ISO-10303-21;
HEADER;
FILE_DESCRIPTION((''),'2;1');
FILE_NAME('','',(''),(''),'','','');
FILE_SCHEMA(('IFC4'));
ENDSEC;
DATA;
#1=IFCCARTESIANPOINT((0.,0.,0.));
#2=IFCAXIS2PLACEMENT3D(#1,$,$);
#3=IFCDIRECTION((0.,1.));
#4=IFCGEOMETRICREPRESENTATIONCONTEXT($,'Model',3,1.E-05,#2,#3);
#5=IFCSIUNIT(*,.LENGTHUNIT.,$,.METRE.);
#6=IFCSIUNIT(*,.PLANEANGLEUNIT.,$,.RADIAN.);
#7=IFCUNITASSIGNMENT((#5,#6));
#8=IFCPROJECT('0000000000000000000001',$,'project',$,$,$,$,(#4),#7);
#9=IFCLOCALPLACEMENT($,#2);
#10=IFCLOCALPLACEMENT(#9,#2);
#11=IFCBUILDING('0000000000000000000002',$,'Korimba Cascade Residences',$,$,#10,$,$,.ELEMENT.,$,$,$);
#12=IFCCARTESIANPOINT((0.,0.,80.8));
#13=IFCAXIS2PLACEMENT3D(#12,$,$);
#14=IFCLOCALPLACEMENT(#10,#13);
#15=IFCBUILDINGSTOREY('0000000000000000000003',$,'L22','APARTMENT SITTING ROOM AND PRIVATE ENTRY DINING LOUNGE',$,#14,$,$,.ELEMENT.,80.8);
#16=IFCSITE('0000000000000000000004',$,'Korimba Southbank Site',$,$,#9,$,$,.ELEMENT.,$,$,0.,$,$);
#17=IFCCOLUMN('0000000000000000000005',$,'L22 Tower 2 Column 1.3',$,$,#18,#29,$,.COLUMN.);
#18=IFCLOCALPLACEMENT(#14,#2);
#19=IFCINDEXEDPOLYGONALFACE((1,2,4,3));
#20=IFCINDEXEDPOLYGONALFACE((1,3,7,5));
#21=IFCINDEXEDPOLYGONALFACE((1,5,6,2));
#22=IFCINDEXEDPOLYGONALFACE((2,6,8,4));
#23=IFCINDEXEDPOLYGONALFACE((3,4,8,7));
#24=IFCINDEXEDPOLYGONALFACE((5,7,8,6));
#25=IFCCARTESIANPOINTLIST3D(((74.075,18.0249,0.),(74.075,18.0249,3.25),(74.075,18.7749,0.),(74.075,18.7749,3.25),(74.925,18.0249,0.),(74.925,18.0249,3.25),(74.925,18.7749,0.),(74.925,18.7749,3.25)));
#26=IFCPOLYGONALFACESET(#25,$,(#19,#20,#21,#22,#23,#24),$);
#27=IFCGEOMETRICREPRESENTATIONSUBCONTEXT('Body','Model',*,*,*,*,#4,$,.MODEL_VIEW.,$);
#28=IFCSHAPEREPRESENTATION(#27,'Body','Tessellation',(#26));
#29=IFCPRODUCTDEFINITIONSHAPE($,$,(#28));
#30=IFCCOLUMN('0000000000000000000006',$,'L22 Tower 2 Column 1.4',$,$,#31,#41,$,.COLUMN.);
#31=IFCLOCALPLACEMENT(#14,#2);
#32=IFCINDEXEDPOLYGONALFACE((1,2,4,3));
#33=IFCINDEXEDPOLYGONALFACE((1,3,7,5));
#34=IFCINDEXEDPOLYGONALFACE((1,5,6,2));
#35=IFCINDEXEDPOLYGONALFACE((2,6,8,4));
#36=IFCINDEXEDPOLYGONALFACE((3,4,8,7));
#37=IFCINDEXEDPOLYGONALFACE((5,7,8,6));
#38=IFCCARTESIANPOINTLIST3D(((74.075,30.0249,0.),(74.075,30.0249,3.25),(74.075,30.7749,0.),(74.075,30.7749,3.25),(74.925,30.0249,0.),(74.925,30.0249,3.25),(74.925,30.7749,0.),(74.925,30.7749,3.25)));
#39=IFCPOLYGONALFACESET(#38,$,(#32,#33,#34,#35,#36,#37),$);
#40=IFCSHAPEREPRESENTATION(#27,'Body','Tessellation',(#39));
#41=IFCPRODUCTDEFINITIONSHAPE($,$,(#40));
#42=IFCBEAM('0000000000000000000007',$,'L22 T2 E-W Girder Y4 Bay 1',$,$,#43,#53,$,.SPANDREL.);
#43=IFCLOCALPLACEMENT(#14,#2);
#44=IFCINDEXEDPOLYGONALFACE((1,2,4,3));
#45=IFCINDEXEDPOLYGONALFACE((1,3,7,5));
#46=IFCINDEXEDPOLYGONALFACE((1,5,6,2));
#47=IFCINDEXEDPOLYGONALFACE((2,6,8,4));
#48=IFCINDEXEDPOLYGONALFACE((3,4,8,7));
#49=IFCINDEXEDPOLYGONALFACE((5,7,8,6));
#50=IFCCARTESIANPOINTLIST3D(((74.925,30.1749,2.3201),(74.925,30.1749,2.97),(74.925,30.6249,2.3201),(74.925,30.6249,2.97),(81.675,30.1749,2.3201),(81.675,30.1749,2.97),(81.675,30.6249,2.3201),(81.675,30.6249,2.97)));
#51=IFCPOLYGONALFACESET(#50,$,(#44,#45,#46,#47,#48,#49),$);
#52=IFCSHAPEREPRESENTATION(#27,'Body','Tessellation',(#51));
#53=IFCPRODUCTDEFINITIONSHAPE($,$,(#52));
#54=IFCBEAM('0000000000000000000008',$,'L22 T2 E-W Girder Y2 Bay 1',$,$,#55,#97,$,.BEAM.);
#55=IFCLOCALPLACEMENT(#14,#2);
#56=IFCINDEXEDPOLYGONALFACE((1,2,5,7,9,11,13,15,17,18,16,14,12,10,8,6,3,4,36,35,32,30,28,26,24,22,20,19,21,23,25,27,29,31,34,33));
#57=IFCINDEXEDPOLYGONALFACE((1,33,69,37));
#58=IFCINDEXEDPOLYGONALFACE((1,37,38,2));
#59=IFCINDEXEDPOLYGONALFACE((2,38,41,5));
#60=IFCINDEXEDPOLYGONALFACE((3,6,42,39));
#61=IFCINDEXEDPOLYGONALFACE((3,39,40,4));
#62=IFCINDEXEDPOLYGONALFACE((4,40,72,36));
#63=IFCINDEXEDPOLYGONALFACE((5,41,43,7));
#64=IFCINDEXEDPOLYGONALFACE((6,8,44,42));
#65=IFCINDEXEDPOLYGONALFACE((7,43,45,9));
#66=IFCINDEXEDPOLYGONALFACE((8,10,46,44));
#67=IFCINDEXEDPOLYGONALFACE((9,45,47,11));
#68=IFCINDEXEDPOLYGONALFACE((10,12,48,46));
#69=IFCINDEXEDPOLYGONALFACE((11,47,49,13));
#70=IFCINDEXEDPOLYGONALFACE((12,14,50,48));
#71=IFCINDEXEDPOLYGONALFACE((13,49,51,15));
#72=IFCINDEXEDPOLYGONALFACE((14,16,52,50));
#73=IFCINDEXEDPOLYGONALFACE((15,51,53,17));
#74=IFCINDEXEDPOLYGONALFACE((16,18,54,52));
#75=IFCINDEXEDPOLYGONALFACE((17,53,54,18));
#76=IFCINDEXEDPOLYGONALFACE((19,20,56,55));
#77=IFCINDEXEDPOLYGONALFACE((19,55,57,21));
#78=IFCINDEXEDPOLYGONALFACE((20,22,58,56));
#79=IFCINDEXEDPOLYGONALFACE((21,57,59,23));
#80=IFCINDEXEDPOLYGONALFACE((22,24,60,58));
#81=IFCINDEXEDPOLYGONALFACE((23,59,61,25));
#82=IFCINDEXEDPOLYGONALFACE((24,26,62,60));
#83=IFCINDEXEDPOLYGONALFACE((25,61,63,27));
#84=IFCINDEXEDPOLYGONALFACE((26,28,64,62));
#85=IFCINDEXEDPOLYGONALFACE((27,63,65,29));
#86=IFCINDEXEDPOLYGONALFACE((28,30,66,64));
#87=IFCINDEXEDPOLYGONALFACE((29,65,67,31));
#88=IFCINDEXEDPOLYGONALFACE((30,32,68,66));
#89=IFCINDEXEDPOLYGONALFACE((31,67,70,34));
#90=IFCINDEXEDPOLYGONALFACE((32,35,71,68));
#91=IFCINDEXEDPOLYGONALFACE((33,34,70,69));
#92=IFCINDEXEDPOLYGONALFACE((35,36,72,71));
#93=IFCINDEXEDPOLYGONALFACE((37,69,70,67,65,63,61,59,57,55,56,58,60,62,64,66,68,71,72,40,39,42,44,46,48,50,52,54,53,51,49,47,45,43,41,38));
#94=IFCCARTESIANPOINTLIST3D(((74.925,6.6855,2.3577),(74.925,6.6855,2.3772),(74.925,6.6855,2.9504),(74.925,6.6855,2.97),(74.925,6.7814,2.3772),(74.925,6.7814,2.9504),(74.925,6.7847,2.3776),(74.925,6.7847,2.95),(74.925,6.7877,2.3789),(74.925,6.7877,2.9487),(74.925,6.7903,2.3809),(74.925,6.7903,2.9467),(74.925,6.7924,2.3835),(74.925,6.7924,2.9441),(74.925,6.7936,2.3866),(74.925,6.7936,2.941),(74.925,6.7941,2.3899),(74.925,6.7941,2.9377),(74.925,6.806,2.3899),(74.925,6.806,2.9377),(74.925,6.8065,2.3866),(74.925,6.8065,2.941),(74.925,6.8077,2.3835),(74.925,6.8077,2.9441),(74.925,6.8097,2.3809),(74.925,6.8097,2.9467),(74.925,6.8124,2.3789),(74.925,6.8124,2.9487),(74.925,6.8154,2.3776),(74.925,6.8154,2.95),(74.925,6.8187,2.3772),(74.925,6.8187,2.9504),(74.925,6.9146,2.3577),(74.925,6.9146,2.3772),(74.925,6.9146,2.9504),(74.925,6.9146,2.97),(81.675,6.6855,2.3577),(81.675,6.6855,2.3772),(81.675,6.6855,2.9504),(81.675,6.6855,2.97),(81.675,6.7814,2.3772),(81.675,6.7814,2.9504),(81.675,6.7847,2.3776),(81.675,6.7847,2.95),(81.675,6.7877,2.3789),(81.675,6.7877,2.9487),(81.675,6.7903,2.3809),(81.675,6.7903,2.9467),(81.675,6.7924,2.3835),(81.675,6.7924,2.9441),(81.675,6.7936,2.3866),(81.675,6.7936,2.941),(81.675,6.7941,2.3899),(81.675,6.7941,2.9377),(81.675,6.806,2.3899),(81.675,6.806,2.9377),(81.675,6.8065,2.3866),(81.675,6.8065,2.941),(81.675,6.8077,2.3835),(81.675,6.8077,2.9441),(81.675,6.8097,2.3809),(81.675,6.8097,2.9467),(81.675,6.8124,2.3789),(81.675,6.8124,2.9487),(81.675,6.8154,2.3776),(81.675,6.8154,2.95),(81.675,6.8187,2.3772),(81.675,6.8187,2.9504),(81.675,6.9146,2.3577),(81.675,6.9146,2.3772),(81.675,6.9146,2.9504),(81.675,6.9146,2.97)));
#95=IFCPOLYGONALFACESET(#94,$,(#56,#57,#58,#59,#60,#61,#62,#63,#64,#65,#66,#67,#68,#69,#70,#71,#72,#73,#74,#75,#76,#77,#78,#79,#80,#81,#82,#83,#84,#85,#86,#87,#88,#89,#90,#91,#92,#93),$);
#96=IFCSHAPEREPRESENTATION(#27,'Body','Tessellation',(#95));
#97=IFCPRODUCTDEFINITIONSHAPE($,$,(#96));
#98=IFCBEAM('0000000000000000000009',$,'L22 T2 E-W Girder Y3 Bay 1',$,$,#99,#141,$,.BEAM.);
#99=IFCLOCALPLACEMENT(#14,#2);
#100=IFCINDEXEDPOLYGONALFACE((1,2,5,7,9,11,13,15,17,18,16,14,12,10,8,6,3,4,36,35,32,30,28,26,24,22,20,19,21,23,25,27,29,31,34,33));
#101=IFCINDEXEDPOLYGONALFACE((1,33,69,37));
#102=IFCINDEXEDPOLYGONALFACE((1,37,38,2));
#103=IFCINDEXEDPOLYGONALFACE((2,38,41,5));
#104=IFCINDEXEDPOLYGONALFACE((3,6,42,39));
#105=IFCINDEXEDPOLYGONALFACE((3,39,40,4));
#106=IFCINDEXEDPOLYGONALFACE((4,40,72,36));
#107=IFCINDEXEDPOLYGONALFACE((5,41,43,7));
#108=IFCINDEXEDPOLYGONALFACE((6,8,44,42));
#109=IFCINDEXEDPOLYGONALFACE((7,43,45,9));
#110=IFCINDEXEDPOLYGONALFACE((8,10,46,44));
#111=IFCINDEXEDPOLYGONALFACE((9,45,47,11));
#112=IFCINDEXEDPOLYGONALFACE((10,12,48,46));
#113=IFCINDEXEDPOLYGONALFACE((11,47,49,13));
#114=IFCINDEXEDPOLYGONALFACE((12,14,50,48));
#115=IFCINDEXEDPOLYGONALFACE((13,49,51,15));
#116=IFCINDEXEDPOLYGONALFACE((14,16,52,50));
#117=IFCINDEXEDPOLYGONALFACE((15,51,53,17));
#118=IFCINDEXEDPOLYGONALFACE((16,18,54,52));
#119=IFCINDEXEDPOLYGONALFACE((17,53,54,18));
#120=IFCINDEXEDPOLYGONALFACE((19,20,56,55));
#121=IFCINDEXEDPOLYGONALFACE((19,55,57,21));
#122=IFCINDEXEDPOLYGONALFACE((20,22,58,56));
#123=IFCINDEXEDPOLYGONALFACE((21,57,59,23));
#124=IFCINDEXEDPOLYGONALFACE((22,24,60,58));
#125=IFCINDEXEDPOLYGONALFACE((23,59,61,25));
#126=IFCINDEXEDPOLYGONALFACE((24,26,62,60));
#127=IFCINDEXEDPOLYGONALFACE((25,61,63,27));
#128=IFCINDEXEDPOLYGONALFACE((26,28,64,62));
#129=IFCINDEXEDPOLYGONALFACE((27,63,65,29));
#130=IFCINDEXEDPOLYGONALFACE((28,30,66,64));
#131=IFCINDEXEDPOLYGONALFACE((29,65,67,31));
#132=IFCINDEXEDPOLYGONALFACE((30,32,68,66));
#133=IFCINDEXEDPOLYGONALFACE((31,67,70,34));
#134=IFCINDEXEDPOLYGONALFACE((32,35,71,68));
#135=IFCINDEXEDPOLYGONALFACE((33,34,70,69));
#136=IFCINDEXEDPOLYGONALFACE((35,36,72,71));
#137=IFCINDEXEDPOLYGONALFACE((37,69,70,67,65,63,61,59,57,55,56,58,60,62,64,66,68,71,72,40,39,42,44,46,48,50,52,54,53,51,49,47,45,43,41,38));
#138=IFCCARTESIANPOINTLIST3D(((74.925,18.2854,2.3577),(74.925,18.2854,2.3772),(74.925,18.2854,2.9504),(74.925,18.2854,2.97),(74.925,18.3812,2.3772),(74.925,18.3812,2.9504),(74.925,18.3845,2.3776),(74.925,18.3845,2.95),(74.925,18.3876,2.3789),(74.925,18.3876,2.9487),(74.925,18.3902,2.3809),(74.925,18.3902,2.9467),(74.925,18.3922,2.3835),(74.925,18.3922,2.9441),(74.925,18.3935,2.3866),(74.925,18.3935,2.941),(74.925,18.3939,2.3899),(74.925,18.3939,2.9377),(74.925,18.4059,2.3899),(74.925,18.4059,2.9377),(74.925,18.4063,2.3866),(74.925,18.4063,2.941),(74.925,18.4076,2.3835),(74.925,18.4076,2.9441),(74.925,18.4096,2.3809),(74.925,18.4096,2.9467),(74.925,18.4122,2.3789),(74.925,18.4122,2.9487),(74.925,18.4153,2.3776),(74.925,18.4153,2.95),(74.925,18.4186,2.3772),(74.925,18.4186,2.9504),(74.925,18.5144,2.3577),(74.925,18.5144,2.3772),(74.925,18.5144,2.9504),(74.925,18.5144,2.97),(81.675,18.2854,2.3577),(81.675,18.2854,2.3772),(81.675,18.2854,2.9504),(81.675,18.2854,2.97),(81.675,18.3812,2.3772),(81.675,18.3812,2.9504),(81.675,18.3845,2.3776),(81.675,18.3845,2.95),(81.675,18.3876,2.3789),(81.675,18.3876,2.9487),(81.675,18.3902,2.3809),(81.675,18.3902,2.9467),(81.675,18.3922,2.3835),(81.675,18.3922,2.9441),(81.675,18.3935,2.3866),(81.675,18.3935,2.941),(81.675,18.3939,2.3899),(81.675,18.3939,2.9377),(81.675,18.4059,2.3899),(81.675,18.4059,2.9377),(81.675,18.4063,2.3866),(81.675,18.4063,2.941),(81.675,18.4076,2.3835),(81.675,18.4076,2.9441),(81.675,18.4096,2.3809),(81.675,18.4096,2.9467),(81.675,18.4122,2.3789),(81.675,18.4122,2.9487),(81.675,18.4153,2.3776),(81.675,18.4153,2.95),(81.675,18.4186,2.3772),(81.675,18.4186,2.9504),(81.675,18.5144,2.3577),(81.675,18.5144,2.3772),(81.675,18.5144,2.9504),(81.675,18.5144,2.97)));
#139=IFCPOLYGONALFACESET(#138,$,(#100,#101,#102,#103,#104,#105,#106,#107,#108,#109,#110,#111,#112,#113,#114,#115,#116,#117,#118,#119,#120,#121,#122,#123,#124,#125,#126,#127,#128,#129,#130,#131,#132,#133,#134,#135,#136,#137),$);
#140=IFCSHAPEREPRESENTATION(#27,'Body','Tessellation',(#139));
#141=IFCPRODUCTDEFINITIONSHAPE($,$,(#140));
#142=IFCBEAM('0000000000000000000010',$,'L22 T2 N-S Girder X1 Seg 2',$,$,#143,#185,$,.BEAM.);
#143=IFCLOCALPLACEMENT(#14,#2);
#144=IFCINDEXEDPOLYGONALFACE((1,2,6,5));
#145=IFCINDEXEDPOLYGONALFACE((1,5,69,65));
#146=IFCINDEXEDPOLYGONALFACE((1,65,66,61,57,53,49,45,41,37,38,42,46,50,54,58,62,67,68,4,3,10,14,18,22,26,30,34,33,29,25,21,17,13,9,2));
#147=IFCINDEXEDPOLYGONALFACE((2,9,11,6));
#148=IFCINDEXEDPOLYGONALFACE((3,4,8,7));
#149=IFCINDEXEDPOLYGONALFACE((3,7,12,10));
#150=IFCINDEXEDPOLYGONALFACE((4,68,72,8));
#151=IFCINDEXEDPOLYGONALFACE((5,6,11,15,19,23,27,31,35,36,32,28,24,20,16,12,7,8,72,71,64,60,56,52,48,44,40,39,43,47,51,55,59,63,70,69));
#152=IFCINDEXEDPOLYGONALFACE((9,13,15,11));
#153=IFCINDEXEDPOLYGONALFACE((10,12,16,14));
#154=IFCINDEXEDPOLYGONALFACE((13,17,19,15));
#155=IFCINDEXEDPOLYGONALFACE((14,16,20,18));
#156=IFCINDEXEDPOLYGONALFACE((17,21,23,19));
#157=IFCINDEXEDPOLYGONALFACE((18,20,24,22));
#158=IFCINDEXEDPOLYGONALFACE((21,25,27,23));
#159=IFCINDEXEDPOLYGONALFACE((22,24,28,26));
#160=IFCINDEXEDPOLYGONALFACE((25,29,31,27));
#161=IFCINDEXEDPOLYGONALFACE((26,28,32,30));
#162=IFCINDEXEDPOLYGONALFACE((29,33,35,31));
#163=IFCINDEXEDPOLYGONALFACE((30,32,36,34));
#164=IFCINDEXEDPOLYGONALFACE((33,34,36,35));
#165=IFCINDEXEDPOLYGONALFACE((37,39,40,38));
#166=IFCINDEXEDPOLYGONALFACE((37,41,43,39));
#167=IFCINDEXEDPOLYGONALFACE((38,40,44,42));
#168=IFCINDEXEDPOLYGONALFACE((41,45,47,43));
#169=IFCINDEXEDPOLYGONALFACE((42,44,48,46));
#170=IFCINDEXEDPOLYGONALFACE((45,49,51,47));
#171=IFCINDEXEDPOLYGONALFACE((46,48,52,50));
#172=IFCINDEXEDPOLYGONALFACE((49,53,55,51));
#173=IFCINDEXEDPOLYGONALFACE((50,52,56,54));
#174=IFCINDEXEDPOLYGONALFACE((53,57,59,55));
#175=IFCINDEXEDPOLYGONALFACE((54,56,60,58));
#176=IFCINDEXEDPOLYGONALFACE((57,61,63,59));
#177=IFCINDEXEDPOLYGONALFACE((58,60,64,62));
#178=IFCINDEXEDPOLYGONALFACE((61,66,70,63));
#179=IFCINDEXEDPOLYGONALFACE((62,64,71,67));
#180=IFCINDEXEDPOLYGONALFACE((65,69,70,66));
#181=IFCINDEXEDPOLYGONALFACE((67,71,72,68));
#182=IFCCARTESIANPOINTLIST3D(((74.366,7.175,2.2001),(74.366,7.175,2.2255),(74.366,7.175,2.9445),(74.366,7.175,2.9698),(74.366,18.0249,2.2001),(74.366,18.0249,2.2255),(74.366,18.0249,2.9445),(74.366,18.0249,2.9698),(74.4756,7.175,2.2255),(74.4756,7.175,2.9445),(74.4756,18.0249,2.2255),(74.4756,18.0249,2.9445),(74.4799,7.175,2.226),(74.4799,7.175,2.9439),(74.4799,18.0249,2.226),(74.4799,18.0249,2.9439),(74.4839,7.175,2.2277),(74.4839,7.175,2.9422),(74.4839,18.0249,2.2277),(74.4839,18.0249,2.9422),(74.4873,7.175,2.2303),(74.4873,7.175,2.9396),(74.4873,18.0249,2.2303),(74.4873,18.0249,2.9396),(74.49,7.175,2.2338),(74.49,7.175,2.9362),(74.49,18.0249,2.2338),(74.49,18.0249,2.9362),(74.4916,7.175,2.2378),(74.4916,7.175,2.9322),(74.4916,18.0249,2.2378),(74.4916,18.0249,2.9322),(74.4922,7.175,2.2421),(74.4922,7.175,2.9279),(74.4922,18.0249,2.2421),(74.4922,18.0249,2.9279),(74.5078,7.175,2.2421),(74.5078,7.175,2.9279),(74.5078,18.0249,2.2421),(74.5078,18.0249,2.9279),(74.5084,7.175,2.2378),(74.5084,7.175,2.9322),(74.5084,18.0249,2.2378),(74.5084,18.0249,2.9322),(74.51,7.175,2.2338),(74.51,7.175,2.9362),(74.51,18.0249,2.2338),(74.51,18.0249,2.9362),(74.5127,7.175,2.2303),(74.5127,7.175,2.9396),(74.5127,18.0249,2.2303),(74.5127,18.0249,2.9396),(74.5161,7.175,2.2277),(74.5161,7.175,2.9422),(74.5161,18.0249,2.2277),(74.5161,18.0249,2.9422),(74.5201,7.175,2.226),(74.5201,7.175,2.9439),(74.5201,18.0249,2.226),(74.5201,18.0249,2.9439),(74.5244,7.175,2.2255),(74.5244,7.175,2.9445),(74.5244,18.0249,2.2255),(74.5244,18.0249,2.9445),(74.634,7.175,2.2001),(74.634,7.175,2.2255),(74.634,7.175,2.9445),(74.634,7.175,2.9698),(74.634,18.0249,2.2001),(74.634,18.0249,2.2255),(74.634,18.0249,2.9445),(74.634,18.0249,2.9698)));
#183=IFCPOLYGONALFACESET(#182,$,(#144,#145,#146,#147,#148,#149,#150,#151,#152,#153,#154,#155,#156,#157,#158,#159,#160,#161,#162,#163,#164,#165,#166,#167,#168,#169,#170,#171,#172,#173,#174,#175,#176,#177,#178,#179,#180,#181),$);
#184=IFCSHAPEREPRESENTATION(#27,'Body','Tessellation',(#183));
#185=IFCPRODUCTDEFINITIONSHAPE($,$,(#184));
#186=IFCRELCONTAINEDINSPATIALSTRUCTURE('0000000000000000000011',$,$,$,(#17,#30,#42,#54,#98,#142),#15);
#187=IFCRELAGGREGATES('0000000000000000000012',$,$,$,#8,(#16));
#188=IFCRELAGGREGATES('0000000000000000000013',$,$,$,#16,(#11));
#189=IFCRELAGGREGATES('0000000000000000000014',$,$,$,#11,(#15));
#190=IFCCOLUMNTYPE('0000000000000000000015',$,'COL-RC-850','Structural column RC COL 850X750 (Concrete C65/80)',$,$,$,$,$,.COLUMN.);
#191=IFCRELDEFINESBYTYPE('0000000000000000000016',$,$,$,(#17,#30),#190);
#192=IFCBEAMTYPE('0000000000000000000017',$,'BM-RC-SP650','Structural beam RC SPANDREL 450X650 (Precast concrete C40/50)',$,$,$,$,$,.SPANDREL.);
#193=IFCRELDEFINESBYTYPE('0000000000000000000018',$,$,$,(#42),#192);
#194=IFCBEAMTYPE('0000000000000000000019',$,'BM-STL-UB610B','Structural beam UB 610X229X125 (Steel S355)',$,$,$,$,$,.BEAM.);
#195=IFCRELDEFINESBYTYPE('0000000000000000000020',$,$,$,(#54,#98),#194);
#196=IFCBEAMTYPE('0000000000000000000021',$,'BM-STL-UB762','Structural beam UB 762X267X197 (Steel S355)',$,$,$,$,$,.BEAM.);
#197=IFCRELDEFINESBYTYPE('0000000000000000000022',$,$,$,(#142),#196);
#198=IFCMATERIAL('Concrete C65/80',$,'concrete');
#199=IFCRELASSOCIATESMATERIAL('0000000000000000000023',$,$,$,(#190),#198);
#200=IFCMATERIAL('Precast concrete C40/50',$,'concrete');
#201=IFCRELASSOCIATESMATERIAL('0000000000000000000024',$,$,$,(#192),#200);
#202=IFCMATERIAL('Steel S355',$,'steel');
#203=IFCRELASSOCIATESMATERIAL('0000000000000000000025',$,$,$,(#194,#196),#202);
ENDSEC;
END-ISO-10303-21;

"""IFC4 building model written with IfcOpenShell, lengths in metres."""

from ifc_helpers import new_model, si_unit, direction, frame, origin, origin_2d, place, context, subcontext, project, spatial, rectangle, i_section, extrude, material, material_profile, profile_set, type_object, element, save


model = new_model("IFC4")

# Units and contexts
model_context = context("Model", 3, precision=1e-05, world=origin(), true_north=direction((0.0, 1.0)))
body_context = subcontext(model_context, "Body", "Model", "MODEL_VIEW")
ifc_project = project(units=[si_unit("LENGTHUNIT", "METRE"), si_unit("PLANEANGLEUNIT", "RADIAN")], contexts=[model_context])

# Site, building, storey
site_placement = place(None, origin())
site = spatial("IfcSite", under=ifc_project, at=site_placement, Name="Korimba Southbank Site", CompositionType="ELEMENT", RefElevation=0.0)
building_placement = place(site_placement, origin())
building = spatial("IfcBuilding", under=site, at=building_placement, Name="Korimba Cascade Residences", CompositionType="ELEMENT")
storey_placement = place(building_placement, frame((0.0, 0.0, 80.8)))
storey = spatial("IfcBuildingStorey", under=building, at=storey_placement, Name="L22", Description="APARTMENT SITTING ROOM AND PRIVATE ENTRY DINING LOUNGE", CompositionType="ELEMENT", Elevation=80.8)

# Columns
ifc_material_1 = material(Name="Concrete C65/80", Category="concrete")
ifc_material_profile_1 = material_profile(ifc_material_1, rectangle(XDim=0.8501, YDim=0.75, at=origin_2d()), Name="Concrete C65/80")
ifc_profile_set_1 = profile_set([ifc_material_profile_1], Name="Concrete C65/80")
column_type = type_object("IfcColumnType", Name="COL-RC-850", Description="Structural column RC COL 850X750 (Concrete C65/80)", PredefinedType="COLUMN", material=ifc_profile_set_1)
for number, where, z_axis, x_axis, name in (
    (1, (74.5, 18.3999, 0.0), (0.0, 0.0, 1.0), (1.0, 0.0, 0.0), "L22 Tower 2 Column 1.3"),
    (2, (74.5, 30.3999, 0.0), (0.0, 0.0, 1.0), (1.0, 0.0, 0.0), "L22 Tower 2 Column 1.4"),
):
    element("IfcColumn", number, at=place(storey_placement, frame(where, z_axis=z_axis, x_axis=x_axis)), inside=storey, type_object=column_type, Name=name, PredefinedType="COLUMN", context=body_context, shape_type="SweptSolid", body=[
        extrude(rectangle(XDim=0.8501, YDim=0.75, at=origin_2d()), origin(), (0.0, 0.0, 1.0), 3.25),
    ])

# Beams
ifc_material_2 = material(Name="Precast concrete C40/50", Category="concrete")
ifc_material_profile_2 = material_profile(ifc_material_2, rectangle(XDim=0.45, YDim=0.6499, at=origin_2d()), Name="Precast concrete C40/50")
ifc_profile_set_2 = profile_set([ifc_material_profile_2], Name="Precast concrete C40/50")
beam_type_1 = type_object("IfcBeamType", Name="BM-RC-SP650", Description="Structural beam RC SPANDREL 450X650 (Precast concrete C40/50)", PredefinedType="SPANDREL", material=ifc_profile_set_2)
beam_1_placement = place(storey_placement, frame((74.925, 30.3999, 2.645), z_axis=(1.0, 0.0, 0.0), x_axis=(0.0, 1.0, 0.0)))
element("IfcBeam", 3, at=beam_1_placement, inside=storey, type_object=beam_type_1, Name="L22 T2 E-W Girder Y4 Bay 1", PredefinedType="SPANDREL", context=body_context, shape_type="SweptSolid", body=[
    extrude(rectangle(XDim=0.45, YDim=0.6499, at=origin_2d()), origin(), (0.0, 0.0, 1.0), 6.75),
])
ifc_material_3 = material(Name="Steel S355", Category="steel")
ifc_material_profile_3 = material_profile(ifc_material_3, i_section(OverallWidth=0.229, OverallDepth=0.6123, WebThickness=0.012, FlangeThickness=0.0195, FilletRadius=0.0127, at=origin_2d()), Name="Steel S355")
ifc_profile_set_3 = profile_set([ifc_material_profile_3], Name="Steel S355")
beam_type_2 = type_object("IfcBeamType", Name="BM-STL-UB610B", Description="Structural beam UB 610X229X125 (Steel S355)", PredefinedType="BEAM", material=ifc_profile_set_3)
for number, where, z_axis, x_axis, name in (
    (4, (74.925, 6.8, 2.6638), (1.0, 0.0, 0.0), (0.0, 1.0, 0.0), "L22 T2 E-W Girder Y2 Bay 1"),
    (5, (74.925, 18.3999, 2.6638), (1.0, 0.0, 0.0), (0.0, 1.0, 0.0), "L22 T2 E-W Girder Y3 Bay 1"),
):
    element("IfcBeam", number, at=place(storey_placement, frame(where, z_axis=z_axis, x_axis=x_axis)), inside=storey, type_object=beam_type_2, Name=name, PredefinedType="BEAM", context=body_context, shape_type="SweptSolid", body=[
        extrude(i_section(OverallWidth=0.229, OverallDepth=0.6123, WebThickness=0.012, FlangeThickness=0.0195, FilletRadius=0.0127, at=origin_2d()), origin(), (0.0, 0.0, 1.0), 6.75),
    ])
ifc_material_profile_4 = material_profile(ifc_material_3, i_section(OverallWidth=0.2681, OverallDepth=0.7698, WebThickness=0.0156, FlangeThickness=0.0254, FilletRadius=0.0166, at=origin_2d()), Name="Steel S355")
ifc_profile_set_4 = profile_set([ifc_material_profile_4], Name="Steel S355")
beam_type_3 = type_object("IfcBeamType", Name="BM-STL-UB762", Description="Structural beam UB 762X267X197 (Steel S355)", PredefinedType="BEAM", material=ifc_profile_set_4)
beam_2_placement = place(storey_placement, frame((74.5, 7.175, 2.585), z_axis=(0.0, 1.0, 0.0), x_axis=(-1.0, 0.0, 0.0)))
element("IfcBeam", 6, at=beam_2_placement, inside=storey, type_object=beam_type_3, Name="L22 T2 N-S Girder X1 Seg 2", PredefinedType="BEAM", context=body_context, shape_type="SweptSolid", body=[
    extrude(i_section(OverallWidth=0.2681, OverallDepth=0.7698, WebThickness=0.0156, FlangeThickness=0.0254, FilletRadius=0.0166, at=origin_2d()), origin(), (0.0, 0.0, 1.0), 10.8499),
])

save(model, "model.ifc")
